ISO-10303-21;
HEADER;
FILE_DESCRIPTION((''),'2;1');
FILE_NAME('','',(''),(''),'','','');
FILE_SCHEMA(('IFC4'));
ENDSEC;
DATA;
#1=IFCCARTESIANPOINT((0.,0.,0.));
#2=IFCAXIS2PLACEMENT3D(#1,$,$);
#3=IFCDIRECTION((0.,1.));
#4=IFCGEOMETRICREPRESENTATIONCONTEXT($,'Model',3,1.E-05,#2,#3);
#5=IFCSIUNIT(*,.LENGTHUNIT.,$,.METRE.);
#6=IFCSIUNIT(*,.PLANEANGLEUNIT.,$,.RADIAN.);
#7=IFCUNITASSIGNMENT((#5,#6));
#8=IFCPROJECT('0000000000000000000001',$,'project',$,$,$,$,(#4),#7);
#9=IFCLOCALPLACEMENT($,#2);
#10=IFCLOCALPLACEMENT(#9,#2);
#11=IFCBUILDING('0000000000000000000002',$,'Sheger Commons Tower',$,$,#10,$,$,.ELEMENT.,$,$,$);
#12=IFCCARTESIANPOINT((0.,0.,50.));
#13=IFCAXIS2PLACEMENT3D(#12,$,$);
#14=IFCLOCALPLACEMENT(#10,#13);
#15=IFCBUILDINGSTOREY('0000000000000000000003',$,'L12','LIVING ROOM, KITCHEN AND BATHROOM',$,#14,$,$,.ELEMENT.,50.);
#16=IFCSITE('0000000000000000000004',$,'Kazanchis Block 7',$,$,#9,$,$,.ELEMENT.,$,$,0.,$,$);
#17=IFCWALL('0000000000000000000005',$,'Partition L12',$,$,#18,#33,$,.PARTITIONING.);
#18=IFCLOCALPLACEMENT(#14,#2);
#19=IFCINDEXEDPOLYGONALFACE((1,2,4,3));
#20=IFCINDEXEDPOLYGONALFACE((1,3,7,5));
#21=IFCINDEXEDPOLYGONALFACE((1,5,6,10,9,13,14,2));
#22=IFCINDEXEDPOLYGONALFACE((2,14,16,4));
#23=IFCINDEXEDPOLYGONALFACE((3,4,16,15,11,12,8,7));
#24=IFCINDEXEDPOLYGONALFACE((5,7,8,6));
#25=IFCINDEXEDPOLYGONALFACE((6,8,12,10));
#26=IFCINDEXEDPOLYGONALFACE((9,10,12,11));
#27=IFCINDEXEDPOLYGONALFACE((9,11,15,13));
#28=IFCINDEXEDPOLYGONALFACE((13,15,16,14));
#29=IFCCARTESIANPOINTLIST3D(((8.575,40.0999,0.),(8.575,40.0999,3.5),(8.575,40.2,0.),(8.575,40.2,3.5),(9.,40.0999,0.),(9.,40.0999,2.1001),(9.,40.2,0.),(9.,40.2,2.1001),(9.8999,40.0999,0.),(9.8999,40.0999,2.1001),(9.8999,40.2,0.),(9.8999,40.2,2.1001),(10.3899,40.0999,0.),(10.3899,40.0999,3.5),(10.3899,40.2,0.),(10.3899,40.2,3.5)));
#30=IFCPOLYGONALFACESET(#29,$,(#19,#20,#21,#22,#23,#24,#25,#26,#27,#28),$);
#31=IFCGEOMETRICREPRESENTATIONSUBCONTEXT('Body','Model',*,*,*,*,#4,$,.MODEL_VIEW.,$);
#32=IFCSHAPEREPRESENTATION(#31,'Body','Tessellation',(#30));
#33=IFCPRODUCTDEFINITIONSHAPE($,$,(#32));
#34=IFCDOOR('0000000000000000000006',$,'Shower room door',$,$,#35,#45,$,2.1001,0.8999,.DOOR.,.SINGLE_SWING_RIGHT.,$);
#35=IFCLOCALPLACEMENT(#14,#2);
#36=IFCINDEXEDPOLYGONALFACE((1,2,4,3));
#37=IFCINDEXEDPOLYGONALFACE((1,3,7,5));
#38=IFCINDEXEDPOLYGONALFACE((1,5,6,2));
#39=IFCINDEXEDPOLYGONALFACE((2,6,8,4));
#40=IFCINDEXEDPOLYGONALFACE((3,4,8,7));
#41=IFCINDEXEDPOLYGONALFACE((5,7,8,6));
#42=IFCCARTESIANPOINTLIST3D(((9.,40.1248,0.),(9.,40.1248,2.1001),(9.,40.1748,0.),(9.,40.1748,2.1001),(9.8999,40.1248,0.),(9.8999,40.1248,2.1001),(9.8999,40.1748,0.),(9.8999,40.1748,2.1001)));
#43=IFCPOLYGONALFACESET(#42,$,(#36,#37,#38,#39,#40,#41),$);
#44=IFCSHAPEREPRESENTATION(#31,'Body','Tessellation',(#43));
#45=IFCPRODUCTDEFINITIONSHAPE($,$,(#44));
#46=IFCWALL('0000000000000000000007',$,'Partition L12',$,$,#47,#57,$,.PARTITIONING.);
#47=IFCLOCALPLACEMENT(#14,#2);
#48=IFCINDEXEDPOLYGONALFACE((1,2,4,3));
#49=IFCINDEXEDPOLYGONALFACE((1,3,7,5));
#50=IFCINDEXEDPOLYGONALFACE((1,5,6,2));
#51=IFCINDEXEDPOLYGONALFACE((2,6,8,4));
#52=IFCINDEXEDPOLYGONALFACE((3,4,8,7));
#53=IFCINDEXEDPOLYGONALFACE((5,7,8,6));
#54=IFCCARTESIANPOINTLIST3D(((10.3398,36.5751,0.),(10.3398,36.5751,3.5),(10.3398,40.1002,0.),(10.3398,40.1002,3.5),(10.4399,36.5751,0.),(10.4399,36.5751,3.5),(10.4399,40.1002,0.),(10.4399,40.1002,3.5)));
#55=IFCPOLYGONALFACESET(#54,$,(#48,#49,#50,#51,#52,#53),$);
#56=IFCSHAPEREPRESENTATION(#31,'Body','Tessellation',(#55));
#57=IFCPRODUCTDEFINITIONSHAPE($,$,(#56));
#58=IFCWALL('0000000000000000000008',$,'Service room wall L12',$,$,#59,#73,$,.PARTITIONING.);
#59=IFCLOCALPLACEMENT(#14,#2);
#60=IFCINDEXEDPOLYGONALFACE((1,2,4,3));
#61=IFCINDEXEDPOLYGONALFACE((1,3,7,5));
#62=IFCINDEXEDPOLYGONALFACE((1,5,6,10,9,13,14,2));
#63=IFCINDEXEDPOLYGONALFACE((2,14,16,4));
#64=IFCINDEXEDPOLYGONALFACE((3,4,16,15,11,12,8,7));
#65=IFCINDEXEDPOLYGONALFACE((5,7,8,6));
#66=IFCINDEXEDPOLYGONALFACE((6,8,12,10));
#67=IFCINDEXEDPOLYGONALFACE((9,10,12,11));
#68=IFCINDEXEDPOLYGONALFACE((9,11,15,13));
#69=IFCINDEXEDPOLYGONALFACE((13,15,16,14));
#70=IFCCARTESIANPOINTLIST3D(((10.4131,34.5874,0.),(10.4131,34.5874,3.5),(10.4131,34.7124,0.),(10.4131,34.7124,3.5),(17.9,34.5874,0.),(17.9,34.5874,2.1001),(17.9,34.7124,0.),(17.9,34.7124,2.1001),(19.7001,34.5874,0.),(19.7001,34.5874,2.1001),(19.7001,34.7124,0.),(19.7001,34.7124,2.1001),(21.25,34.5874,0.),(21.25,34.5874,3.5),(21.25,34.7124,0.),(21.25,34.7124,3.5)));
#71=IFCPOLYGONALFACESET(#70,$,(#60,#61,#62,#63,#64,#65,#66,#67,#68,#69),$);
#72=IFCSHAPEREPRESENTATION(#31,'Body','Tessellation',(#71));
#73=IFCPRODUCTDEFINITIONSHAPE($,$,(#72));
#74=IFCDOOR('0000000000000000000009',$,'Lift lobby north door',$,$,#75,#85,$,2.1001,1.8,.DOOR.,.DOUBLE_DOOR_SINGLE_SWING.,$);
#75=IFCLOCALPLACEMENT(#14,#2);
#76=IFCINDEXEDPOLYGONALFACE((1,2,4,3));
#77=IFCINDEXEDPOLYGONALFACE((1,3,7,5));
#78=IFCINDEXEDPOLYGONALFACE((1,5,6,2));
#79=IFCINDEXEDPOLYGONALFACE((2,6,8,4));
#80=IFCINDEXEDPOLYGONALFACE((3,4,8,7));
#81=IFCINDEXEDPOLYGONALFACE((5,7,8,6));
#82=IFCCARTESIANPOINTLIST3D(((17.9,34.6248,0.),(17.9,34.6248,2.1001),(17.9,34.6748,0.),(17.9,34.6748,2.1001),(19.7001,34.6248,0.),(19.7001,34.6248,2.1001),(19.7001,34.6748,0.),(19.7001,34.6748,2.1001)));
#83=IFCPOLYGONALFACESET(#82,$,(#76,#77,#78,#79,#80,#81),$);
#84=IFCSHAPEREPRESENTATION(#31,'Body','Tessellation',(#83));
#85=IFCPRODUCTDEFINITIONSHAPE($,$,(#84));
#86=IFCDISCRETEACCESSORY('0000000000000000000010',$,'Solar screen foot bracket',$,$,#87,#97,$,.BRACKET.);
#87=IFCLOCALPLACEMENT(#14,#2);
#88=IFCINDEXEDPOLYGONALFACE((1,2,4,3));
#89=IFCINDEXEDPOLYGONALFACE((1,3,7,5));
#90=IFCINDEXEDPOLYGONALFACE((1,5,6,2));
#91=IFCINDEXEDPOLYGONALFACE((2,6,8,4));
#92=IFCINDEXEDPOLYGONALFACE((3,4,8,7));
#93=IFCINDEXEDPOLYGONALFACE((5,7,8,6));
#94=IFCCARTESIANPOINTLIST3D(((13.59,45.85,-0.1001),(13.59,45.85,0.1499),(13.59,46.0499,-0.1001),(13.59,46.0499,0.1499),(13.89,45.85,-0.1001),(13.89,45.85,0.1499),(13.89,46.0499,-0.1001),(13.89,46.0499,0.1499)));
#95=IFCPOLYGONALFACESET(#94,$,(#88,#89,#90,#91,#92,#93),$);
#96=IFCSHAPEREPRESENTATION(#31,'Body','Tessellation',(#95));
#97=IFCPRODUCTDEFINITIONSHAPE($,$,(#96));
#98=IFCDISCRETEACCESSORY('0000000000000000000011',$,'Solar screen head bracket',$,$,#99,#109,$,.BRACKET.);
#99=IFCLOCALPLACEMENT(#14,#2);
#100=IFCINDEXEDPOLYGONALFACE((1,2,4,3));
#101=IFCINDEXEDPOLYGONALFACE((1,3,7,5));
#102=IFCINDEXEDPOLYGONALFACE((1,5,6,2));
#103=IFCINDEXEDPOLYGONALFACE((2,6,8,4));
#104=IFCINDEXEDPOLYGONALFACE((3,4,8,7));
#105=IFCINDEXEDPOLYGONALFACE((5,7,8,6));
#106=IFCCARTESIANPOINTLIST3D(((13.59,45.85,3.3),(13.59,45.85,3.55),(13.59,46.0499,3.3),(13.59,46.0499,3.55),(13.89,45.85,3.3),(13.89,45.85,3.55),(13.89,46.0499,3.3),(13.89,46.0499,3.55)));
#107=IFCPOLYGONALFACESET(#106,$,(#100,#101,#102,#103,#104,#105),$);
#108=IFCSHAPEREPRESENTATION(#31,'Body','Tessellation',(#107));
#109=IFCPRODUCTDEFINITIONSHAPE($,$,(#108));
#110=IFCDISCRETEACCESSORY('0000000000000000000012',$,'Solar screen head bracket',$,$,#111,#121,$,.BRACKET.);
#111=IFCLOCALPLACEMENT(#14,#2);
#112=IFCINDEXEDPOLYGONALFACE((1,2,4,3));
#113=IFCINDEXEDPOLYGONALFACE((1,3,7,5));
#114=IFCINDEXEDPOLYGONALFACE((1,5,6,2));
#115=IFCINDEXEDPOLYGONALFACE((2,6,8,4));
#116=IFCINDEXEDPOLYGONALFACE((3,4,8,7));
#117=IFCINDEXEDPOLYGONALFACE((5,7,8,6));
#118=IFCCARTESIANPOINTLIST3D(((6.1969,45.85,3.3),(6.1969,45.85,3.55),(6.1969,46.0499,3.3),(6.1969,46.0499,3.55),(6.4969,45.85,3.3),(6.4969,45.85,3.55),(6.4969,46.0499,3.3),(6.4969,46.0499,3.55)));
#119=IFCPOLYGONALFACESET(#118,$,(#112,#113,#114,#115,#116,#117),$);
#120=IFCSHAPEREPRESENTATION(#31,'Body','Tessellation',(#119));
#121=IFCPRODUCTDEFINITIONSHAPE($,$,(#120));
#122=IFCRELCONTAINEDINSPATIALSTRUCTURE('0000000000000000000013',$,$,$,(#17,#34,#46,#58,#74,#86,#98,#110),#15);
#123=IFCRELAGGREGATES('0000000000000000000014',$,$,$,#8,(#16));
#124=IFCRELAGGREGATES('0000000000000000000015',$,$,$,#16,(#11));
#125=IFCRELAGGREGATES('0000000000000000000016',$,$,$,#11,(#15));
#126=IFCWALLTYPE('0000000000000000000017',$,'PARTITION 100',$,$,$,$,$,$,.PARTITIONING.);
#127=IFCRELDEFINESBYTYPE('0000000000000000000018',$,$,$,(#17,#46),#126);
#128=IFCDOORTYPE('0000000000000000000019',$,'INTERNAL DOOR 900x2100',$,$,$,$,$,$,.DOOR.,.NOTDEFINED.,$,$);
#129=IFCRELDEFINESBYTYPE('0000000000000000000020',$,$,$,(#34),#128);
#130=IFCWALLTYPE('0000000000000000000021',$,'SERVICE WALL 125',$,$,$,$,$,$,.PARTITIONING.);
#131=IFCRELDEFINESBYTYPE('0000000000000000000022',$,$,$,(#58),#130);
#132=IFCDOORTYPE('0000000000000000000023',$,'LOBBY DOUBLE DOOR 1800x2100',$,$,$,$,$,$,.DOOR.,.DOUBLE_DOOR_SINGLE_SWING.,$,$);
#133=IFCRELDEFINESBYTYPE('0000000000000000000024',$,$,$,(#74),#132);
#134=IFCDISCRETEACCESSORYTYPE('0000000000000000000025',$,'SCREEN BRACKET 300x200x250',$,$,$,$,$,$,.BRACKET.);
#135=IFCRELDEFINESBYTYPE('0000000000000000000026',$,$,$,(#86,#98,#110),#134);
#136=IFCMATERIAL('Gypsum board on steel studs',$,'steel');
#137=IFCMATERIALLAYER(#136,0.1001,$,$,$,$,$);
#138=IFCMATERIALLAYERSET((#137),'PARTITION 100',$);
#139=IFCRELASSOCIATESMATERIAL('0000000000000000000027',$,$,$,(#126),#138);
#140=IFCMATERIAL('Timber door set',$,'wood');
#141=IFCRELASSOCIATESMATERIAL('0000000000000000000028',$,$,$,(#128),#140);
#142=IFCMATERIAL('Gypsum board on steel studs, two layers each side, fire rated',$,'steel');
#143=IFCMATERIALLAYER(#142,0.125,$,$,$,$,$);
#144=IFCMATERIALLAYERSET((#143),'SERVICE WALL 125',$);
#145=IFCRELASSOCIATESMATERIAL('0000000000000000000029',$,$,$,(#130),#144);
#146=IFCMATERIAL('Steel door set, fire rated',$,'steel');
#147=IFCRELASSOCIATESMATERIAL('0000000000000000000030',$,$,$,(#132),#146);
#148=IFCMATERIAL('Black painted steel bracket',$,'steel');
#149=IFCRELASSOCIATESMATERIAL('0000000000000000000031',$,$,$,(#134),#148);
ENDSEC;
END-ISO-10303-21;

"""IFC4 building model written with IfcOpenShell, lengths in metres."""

from ifc_helpers import new_model, si_unit, direction, frame, frame_2d, origin, origin_2d, place, context, subcontext, project, spatial, rectangle, extrude, material, layer, layer_set, type_object, element, fill, save


model = new_model("IFC4")

# Units and contexts
model_context = context("Model", 3, precision=1e-05, world=origin(), true_north=direction((0.0, 1.0)))
body_context = subcontext(model_context, "Body", "Model", "MODEL_VIEW")
ifc_project = project(units=[si_unit("LENGTHUNIT", "METRE"), si_unit("PLANEANGLEUNIT", "RADIAN")], contexts=[model_context])

# Site, building, storey
site_placement = place(None, origin())
site = spatial("IfcSite", under=ifc_project, at=site_placement, Name="Kazanchis Block 7", CompositionType="ELEMENT", RefElevation=0.0)
building_placement = place(site_placement, origin())
building = spatial("IfcBuilding", under=site, at=building_placement, Name="Sheger Commons Tower", CompositionType="ELEMENT")
storey_placement = place(building_placement, frame((0.0, 0.0, 50.0)))
storey = spatial("IfcBuildingStorey", under=building, at=storey_placement, Name="L12", Description="LIVING ROOM, KITCHEN AND BATHROOM", CompositionType="ELEMENT", Elevation=50.0)

# Shared definitions
ifc_material_1 = material(Name="Gypsum board on steel studs", Category="steel")
ifc_layer_1 = layer(ifc_material_1, 0.1001)
ifc_layer_set_1 = layer_set([ifc_layer_1], Name="PARTITION 100")
wall_type_1 = type_object("IfcWallType", Name="PARTITION 100", PredefinedType="PARTITIONING", material=ifc_layer_set_1)

# Wall, opening, door
wall_1_placement = place(storey_placement, frame((8.575, 40.1499, 0.0), z_axis=(0.0, 0.0, 1.0), x_axis=(1.0, 0.0, 0.0)))
wall_1 = element("IfcWall", 1, at=wall_1_placement, inside=storey, type_object=wall_type_1, Name="Partition L12", PredefinedType="PARTITIONING", context=body_context, shape_type="SweptSolid", body=[
    extrude(rectangle(XDim=1.8149, YDim=0.1001, at=frame_2d((0.9075, 0.0))), origin(), (0.0, 0.0, 1.0), 3.5),
])
opening_1_placement = place(wall_1_placement, frame((0.425, 0.0, 0.0)))
opening_1 = element("IfcOpeningElement", 2, at=opening_1_placement, cuts=wall_1, PredefinedType="OPENING", context=body_context, shape_type="SweptSolid", body=[
    extrude(rectangle(XDim=0.8999, YDim=2.1001, at=frame_2d((0.45, 1.05))), frame((0.0, 0.0601, 0.0), z_axis=(0.0, -1.0, 0.0), x_axis=(1.0, 0.0, 0.0)), (0.0, 0.0, 1.0), 0.1201),
])
ifc_material_2 = material(Name="Timber door set", Category="wood")
door_type_1 = type_object("IfcDoorType", Name="INTERNAL DOOR 900x2100", OperationType="NOTDEFINED", PredefinedType="DOOR", material=ifc_material_2)
door_1_placement = place(opening_1_placement, origin())
door_1 = element("IfcDoor", 3, at=door_1_placement, inside=storey, type_object=door_type_1, Name="Shower room door", OperationType="SINGLE_SWING_RIGHT", OverallHeight=2.1001, OverallWidth=0.8999, PredefinedType="DOOR", context=body_context, shape_type="SweptSolid", body=[
    extrude(rectangle(XDim=0.8999, YDim=2.1001, at=frame_2d((0.45, 1.05))), frame((0.0, 0.0249, 0.0), z_axis=(0.0, -1.0, 0.0), x_axis=(1.0, 0.0, 0.0)), (0.0, 0.0, 1.0), 0.05),
])
fill(opening_1, door_1)

# Wall
wall_2_placement = place(storey_placement, frame((10.3899, 36.575, 0.0), z_axis=(0.0, 0.0, 1.0), x_axis=(0.0, 1.0, 0.0)))
element("IfcWall", 4, at=wall_2_placement, inside=storey, type_object=wall_type_1, Name="Partition L12", PredefinedType="PARTITIONING", context=body_context, shape_type="SweptSolid", body=[
    extrude(rectangle(XDim=3.5251, YDim=0.1001, at=frame_2d((1.7627, 0.0))), origin(), (0.0, 0.0, 1.0), 3.5),
])

# Wall, opening, door
ifc_material_3 = material(Name="Gypsum board on steel studs, two layers each side, fire rated", Category="steel")
ifc_layer_2 = layer(ifc_material_3, 0.125)
ifc_layer_set_2 = layer_set([ifc_layer_2], Name="SERVICE WALL 125")
wall_type_2 = type_object("IfcWallType", Name="SERVICE WALL 125", PredefinedType="PARTITIONING", material=ifc_layer_set_2)
wall_3_placement = place(storey_placement, frame((10.4131, 34.6499, 0.0), z_axis=(0.0, 0.0, 1.0), x_axis=(1.0, 0.0, 0.0)))
wall_3 = element("IfcWall", 5, at=wall_3_placement, inside=storey, type_object=wall_type_2, Name="Service room wall L12", PredefinedType="PARTITIONING", context=body_context, shape_type="SweptSolid", body=[
    extrude(rectangle(XDim=10.8369, YDim=0.125, at=frame_2d((5.4185, 0.0))), origin(), (0.0, 0.0, 1.0), 3.5),
])
opening_2_placement = place(wall_3_placement, frame((7.4871, 0.0, 0.0)))
opening_2 = element("IfcOpeningElement", 6, at=opening_2_placement, cuts=wall_3, PredefinedType="OPENING", context=body_context, shape_type="SweptSolid", body=[
    extrude(rectangle(XDim=1.8, YDim=2.1001, at=frame_2d((0.8999, 1.05))), frame((0.0, 0.0725, 0.0), z_axis=(0.0, -1.0, 0.0), x_axis=(1.0, 0.0, 0.0)), (0.0, 0.0, 1.0), 0.145),
])
ifc_material_4 = material(Name="Steel door set, fire rated", Category="steel")
door_type_2 = type_object("IfcDoorType", Name="LOBBY DOUBLE DOOR 1800x2100", OperationType="DOUBLE_DOOR_SINGLE_SWING", PredefinedType="DOOR", material=ifc_material_4)
door_2_placement = place(opening_2_placement, origin())
door_2 = element("IfcDoor", 7, at=door_2_placement, inside=storey, type_object=door_type_2, Name="Lift lobby north door", OperationType="DOUBLE_DOOR_SINGLE_SWING", OverallHeight=2.1001, OverallWidth=1.8, PredefinedType="DOOR", context=body_context, shape_type="SweptSolid", body=[
    extrude(rectangle(XDim=1.8, YDim=2.1001, at=frame_2d((0.8999, 1.05))), frame((0.0, 0.0249, 0.0), z_axis=(0.0, -1.0, 0.0), x_axis=(1.0, 0.0, 0.0)), (0.0, 0.0, 1.0), 0.05),
])
fill(opening_2, door_2)

# Discrete accessories
ifc_material_5 = material(Name="Black painted steel bracket", Category="steel")
discrete_accessory_type = type_object("IfcDiscreteAccessoryType", Name="SCREEN BRACKET 300x200x250", PredefinedType="BRACKET", material=ifc_material_5)
for number, where, z_axis, x_axis, name in (
    (8, (13.74, 45.95, -0.1001), (0.0, 0.0, 1.0), (-1.0, 0.0, 0.0), "Solar screen foot bracket"),
    (9, (13.74, 45.95, 3.3), (0.0, 0.0, 1.0), (-1.0, 0.0, 0.0), "Solar screen head bracket"),
    (10, (6.3469, 45.95, 3.3), (0.0, 0.0, 1.0), (-1.0, 0.0, 0.0), "Solar screen head bracket"),
):
    element("IfcDiscreteAccessory", number, at=place(storey_placement, frame(where, z_axis=z_axis, x_axis=x_axis)), inside=storey, type_object=discrete_accessory_type, Name=name, PredefinedType="BRACKET", context=body_context, shape_type="SweptSolid", body=[
        extrude(rectangle(XDim=0.3, YDim=0.2, at=origin_2d()), origin(), (0.0, 0.0, 1.0), 0.25),
    ])

save(model, "model.ifc")
